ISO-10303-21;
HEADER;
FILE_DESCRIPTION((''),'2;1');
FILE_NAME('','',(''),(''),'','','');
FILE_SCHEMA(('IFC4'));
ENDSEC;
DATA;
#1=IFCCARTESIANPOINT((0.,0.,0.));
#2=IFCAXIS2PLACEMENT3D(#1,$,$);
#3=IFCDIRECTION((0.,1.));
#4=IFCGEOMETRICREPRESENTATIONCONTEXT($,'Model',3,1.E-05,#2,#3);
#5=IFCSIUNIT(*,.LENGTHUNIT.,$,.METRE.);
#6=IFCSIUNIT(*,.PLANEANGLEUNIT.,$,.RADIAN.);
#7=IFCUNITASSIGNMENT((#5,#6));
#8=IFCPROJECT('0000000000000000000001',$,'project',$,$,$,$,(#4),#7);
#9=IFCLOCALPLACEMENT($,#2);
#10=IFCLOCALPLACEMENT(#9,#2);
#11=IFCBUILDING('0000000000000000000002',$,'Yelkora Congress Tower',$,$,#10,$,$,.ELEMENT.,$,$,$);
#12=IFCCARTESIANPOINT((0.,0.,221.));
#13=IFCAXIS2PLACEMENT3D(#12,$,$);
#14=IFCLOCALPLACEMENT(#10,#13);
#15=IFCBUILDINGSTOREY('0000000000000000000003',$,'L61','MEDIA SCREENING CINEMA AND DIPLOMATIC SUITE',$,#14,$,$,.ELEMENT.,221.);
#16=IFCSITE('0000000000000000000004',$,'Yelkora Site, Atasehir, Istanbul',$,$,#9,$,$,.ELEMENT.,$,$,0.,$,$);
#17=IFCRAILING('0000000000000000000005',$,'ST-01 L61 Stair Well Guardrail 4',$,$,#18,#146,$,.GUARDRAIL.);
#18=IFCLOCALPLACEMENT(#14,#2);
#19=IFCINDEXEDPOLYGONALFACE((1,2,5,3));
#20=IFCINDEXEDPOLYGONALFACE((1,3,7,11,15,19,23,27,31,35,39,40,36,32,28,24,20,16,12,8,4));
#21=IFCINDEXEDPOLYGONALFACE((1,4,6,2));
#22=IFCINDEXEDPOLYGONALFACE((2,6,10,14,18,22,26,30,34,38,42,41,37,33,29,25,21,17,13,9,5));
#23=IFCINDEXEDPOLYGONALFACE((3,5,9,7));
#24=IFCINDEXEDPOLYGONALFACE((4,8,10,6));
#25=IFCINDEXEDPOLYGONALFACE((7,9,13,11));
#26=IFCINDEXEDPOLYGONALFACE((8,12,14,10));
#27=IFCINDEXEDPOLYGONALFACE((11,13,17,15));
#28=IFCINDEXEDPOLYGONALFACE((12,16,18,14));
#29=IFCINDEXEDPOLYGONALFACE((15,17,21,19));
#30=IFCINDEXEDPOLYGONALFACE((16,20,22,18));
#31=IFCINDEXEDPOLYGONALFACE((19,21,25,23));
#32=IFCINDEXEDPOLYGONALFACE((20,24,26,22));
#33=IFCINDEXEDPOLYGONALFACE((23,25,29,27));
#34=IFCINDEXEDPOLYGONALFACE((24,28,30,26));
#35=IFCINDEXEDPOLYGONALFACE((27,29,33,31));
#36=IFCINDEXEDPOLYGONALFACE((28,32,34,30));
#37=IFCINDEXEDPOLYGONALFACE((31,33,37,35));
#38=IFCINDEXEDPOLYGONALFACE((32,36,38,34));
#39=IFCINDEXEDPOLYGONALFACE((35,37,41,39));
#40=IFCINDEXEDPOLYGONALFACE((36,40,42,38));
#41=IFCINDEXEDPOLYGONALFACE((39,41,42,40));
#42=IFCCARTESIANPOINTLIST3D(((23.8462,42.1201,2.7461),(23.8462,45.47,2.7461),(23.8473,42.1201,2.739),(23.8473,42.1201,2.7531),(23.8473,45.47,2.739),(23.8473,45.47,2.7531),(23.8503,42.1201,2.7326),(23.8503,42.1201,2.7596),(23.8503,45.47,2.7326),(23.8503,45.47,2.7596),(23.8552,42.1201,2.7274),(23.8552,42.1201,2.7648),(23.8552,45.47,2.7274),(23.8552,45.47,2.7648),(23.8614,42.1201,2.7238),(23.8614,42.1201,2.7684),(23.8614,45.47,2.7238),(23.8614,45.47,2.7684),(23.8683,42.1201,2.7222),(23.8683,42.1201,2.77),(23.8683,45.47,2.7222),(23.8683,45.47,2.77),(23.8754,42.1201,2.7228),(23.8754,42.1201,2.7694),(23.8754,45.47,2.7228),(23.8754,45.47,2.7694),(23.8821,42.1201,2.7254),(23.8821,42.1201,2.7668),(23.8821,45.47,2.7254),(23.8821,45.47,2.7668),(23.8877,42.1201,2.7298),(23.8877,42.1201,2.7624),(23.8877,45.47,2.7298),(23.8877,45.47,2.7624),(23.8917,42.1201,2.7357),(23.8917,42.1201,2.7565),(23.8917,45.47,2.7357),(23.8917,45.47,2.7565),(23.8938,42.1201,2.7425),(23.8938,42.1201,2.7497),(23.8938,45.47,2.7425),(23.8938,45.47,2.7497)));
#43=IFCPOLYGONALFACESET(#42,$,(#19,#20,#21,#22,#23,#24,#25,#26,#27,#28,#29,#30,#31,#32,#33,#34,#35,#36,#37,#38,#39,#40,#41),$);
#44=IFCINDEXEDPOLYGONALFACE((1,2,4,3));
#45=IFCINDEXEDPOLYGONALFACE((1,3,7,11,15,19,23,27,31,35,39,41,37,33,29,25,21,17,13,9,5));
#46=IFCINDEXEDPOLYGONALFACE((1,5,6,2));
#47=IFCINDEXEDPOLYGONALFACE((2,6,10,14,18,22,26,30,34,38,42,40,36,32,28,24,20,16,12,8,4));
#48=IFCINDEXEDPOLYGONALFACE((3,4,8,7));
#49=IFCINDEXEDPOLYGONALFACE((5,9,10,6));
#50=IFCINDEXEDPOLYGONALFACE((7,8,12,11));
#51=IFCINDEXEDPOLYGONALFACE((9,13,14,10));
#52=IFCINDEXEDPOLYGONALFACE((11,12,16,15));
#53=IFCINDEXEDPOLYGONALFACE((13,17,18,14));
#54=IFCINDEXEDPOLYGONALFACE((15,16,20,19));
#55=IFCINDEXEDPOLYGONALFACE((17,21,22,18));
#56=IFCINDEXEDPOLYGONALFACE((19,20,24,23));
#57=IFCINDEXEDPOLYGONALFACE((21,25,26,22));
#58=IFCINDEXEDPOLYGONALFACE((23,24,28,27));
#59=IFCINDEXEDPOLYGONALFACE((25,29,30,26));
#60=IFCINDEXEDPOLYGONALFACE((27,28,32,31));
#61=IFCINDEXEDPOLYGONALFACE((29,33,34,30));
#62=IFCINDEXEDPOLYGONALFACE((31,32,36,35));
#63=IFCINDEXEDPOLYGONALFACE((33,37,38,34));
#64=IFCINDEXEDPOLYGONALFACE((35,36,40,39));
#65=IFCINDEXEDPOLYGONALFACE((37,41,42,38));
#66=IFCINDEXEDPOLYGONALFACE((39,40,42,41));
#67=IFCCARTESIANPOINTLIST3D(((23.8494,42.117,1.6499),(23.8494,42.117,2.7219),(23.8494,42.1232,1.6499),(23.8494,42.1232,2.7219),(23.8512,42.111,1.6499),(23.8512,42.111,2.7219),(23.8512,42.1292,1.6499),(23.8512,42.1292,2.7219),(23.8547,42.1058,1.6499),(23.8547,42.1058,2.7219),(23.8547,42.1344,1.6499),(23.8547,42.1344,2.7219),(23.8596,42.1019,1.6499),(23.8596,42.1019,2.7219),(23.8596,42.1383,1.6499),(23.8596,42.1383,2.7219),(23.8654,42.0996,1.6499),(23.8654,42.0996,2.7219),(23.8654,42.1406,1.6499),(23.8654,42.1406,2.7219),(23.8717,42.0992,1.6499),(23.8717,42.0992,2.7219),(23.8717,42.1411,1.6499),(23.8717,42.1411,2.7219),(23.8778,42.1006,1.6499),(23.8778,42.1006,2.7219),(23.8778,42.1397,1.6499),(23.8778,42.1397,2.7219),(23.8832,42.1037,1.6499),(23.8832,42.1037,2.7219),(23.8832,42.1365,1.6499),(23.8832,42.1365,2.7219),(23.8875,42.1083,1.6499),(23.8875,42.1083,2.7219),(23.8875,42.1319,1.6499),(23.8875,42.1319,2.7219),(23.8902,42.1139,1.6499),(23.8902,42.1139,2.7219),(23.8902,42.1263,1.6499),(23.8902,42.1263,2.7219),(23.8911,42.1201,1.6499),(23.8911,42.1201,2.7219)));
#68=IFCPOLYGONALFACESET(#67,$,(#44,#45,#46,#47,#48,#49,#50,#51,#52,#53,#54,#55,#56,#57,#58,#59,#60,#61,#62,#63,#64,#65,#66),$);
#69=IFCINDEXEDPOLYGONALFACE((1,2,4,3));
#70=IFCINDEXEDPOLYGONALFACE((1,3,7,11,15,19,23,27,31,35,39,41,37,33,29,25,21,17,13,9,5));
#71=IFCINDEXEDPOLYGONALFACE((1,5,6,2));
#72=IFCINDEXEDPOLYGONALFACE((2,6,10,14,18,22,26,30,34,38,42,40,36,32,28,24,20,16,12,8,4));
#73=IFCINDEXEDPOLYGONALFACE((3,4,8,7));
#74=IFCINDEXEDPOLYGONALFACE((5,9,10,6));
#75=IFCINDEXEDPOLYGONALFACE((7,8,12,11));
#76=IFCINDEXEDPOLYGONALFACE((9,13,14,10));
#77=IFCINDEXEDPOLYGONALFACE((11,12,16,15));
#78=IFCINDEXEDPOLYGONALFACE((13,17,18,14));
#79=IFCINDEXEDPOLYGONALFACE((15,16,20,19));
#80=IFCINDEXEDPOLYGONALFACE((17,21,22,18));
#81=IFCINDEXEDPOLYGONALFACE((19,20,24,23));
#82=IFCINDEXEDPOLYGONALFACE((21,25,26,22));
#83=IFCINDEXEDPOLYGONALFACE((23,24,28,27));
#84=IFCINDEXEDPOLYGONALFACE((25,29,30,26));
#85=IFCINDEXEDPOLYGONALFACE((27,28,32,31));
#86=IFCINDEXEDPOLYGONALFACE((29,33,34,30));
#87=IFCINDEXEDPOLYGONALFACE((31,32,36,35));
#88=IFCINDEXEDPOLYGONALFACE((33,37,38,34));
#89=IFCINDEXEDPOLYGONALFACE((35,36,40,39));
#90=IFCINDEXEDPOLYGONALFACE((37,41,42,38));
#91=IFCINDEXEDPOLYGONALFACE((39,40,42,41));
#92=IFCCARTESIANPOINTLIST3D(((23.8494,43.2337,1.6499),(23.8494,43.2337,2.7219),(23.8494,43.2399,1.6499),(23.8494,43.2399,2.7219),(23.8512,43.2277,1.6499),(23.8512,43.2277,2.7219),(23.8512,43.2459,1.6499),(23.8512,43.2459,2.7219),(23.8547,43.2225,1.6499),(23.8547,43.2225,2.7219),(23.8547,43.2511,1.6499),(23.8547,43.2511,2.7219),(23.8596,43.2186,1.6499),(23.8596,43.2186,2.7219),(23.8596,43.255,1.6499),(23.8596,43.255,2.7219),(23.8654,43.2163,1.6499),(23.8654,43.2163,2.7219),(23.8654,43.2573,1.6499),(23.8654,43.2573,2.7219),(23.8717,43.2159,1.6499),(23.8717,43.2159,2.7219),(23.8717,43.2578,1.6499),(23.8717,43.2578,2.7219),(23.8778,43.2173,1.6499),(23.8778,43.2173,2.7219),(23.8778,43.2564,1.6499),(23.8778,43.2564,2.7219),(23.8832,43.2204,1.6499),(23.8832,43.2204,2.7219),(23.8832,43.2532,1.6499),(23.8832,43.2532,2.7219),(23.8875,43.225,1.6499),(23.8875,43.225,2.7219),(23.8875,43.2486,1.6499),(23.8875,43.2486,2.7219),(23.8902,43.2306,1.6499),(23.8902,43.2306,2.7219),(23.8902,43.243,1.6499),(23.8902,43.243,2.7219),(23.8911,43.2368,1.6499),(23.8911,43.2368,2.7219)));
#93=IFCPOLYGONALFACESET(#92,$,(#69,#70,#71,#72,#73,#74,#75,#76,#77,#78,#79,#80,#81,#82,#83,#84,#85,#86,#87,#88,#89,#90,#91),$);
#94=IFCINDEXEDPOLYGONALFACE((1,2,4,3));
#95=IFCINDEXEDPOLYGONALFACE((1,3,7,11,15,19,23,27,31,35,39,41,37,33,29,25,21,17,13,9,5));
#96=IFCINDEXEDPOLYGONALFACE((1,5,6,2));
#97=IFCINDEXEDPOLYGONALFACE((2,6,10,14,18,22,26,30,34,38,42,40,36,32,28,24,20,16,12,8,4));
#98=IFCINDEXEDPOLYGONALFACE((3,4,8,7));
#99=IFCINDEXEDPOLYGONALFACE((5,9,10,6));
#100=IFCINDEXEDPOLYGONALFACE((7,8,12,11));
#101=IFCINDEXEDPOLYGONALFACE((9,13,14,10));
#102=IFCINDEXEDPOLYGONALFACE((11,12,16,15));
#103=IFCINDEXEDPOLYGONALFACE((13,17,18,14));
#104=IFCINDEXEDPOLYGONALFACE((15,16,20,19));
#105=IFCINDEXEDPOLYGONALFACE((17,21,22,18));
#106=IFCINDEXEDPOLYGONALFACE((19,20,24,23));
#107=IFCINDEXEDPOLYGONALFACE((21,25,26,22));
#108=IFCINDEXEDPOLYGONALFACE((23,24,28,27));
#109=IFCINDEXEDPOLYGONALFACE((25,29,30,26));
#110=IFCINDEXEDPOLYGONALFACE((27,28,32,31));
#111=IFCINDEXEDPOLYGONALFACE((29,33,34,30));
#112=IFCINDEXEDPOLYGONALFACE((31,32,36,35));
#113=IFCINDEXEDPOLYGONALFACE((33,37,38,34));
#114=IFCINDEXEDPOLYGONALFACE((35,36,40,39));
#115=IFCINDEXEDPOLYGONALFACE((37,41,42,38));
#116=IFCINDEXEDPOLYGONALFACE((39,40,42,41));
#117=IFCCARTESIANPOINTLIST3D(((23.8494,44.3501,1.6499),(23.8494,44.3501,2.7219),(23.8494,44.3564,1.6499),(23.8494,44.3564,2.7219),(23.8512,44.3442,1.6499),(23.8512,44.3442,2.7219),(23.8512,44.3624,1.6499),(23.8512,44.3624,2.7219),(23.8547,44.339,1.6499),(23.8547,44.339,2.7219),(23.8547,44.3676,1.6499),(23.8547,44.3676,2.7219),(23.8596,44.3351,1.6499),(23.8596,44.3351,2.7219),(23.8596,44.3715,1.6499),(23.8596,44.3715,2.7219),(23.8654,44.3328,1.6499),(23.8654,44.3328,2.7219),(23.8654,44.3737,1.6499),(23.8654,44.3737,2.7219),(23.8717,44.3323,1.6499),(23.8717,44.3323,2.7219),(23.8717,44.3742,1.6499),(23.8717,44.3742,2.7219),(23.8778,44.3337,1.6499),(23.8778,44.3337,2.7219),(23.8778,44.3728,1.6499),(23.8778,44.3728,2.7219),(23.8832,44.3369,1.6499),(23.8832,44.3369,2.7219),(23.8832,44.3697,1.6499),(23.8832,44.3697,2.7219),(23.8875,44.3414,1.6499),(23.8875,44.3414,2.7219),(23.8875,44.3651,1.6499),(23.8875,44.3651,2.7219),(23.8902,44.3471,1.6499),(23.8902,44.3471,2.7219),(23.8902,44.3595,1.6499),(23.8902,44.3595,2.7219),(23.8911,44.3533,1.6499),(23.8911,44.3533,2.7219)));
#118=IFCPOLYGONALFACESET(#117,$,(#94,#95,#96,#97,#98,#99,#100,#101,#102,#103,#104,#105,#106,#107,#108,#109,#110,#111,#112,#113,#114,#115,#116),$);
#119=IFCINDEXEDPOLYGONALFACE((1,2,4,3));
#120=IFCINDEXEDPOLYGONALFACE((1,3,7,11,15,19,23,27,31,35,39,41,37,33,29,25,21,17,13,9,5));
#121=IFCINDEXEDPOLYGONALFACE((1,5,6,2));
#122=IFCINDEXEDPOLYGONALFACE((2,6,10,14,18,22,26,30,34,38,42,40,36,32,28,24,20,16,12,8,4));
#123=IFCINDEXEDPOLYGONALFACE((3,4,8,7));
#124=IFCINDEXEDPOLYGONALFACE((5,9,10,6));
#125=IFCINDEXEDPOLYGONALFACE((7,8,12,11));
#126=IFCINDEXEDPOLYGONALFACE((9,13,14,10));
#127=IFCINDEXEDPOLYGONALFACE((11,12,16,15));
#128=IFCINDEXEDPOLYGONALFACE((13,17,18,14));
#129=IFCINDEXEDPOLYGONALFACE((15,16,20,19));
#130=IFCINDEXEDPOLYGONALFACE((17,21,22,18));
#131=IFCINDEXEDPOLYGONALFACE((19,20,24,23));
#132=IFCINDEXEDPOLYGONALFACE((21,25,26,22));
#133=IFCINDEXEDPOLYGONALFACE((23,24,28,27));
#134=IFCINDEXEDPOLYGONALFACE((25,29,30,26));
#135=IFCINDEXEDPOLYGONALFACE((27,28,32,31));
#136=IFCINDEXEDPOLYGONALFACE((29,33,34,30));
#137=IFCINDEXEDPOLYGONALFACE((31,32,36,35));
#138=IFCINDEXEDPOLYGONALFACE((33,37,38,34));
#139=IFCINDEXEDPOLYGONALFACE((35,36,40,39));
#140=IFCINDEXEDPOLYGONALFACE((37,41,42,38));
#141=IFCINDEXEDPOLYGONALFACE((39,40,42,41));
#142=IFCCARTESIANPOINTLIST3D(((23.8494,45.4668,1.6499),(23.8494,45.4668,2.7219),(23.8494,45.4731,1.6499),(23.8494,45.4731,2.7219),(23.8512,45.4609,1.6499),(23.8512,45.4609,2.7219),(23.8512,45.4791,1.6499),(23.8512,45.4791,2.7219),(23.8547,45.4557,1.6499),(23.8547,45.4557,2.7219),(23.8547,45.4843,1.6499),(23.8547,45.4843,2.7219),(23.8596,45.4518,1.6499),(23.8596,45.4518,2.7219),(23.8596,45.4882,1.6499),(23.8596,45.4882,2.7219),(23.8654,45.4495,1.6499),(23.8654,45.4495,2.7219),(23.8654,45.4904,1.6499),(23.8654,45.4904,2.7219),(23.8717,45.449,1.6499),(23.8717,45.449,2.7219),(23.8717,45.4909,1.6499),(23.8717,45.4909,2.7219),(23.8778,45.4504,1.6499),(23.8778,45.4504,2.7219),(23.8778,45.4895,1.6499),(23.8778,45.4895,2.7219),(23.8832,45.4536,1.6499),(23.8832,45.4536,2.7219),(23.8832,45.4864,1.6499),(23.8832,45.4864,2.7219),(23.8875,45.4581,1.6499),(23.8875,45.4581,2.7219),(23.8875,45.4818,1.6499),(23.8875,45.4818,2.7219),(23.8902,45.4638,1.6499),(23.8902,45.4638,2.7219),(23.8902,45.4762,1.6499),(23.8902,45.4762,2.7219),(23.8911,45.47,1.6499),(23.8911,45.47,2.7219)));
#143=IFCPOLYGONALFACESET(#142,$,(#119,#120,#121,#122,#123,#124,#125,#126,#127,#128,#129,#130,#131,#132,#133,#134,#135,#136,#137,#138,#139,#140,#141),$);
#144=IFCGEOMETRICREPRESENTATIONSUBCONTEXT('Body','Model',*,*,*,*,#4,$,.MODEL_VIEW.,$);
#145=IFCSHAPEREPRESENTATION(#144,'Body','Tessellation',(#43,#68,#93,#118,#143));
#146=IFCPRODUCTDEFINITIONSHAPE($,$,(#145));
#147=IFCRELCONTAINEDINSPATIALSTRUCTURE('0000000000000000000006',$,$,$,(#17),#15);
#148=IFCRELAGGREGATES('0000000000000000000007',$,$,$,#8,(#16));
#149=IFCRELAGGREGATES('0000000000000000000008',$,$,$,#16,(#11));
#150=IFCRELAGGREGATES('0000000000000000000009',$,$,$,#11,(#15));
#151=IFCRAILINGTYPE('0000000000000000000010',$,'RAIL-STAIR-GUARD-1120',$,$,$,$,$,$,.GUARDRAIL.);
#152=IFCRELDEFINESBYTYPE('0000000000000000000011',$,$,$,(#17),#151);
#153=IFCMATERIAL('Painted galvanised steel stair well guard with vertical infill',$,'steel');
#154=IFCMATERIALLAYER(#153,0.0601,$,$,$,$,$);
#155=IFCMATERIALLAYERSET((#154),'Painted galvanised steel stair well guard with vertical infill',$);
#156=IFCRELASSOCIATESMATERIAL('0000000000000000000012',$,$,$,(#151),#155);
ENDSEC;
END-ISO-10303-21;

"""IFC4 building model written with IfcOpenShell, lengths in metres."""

from ifc_helpers import new_model, si_unit, direction, frame, origin, origin_2d, place, context, subcontext, project, spatial, circle, extrude, material, layer, layer_set, type_object, element, save


model = new_model("IFC4")

# Units and contexts
model_context = context("Model", 3, precision=1e-05, world=origin(), true_north=direction((0.0, 1.0)))
body_context = subcontext(model_context, "Body", "Model", "MODEL_VIEW")
ifc_project = project(units=[si_unit("LENGTHUNIT", "METRE"), si_unit("PLANEANGLEUNIT", "RADIAN")], contexts=[model_context])

# Site, building, storey
site_placement = place(None, origin())
site = spatial("IfcSite", under=ifc_project, at=site_placement, Name="Yelkora Site, Atasehir, Istanbul", CompositionType="ELEMENT", RefElevation=0.0)
building_placement = place(site_placement, origin())
building = spatial("IfcBuilding", under=site, at=building_placement, Name="Yelkora Congress Tower", CompositionType="ELEMENT")
storey_placement = place(building_placement, frame((0.0, 0.0, 221.0)))
storey = spatial("IfcBuildingStorey", under=building, at=storey_placement, Name="L61", Description="MEDIA SCREENING CINEMA AND DIPLOMATIC SUITE", CompositionType="ELEMENT", Elevation=221.0)

# Railing
ifc_material_1 = material(Name="Painted galvanised steel stair well guard with vertical infill", Category="steel")
ifc_layer_1 = layer(ifc_material_1, 0.0601)
ifc_layer_set_1 = layer_set([ifc_layer_1], Name="Painted galvanised steel stair well guard with vertical infill")
railing_type_1 = type_object("IfcRailingType", Name="RAIL-STAIR-GUARD-1120", PredefinedType="GUARDRAIL", material=ifc_layer_set_1)
railing_1_placement = place(storey_placement, frame((23.8701, 42.1201, 1.6499)))
element("IfcRailing", 1, at=railing_1_placement, inside=storey, type_object=railing_type_1, Name="ST-01 L61 Stair Well Guardrail 4", PredefinedType="GUARDRAIL", context=body_context, shape_type="SweptSolid", body=[
    extrude(circle(Radius=0.0239, at=origin_2d()), frame((0.0, 0.0, 1.0962), z_axis=(0.0, 1.0, 0.0), x_axis=(-1.0, 0.0, 0.0)), (0.0, 0.0, 1.0), 3.3499),
    extrude(circle(Radius=0.021, at=origin_2d()), origin(), (0.0, 0.0, 1.0), 1.072),
    extrude(circle(Radius=0.021, at=origin_2d()), frame((0.0, 1.1167, 0.0)), (0.0, 0.0, 1.0), 1.072),
    extrude(circle(Radius=0.021, at=origin_2d()), frame((0.0, 2.2332, 0.0)), (0.0, 0.0, 1.0), 1.072),
    extrude(circle(Radius=0.021, at=origin_2d()), frame((0.0, 3.3499, 0.0)), (0.0, 0.0, 1.0), 1.072),
])

save(model, "model.ifc")
